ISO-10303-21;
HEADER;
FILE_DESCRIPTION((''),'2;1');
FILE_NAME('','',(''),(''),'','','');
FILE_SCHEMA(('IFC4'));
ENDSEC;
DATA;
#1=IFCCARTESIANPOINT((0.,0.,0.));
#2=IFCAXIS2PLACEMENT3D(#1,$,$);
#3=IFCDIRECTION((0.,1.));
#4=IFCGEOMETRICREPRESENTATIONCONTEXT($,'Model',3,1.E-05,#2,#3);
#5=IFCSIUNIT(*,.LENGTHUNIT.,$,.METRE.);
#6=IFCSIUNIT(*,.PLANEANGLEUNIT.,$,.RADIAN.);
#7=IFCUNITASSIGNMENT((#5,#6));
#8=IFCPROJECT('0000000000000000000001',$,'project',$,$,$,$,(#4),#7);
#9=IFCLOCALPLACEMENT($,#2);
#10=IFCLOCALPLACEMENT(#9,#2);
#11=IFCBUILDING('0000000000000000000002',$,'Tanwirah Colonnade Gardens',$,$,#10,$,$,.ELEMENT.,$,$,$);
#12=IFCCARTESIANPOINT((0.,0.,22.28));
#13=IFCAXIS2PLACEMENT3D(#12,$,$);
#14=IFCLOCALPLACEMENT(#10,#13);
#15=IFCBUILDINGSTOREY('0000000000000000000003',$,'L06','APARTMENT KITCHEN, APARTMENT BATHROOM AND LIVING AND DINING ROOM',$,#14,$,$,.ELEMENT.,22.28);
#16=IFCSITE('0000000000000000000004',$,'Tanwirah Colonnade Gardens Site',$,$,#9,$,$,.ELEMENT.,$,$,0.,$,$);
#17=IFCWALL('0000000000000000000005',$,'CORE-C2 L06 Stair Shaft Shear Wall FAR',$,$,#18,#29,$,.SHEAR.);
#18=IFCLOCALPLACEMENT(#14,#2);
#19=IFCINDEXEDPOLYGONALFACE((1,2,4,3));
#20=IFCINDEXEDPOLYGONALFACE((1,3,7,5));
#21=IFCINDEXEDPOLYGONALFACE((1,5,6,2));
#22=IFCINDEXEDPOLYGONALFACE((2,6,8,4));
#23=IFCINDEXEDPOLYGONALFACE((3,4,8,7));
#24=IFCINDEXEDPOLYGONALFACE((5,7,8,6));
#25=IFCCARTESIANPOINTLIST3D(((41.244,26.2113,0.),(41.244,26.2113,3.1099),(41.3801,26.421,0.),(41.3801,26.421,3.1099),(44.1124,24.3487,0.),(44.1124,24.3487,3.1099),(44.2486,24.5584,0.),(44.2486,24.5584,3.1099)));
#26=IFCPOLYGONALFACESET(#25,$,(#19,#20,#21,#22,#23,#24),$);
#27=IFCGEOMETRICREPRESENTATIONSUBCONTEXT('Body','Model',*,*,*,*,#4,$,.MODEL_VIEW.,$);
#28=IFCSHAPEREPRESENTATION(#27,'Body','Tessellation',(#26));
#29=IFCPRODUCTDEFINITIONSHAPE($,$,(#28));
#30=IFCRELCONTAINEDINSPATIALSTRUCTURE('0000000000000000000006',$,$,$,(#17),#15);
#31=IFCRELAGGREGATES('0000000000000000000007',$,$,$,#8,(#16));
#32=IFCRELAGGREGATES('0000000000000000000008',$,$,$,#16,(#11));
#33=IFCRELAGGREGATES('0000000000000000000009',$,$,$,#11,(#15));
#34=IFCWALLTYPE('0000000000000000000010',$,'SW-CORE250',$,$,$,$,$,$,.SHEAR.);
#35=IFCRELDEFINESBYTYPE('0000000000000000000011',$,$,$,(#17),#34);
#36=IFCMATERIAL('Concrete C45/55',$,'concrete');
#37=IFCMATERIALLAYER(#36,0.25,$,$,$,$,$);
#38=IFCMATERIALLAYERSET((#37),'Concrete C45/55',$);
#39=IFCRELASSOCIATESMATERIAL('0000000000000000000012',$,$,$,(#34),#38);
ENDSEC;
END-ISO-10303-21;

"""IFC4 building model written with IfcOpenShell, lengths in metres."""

from ifc_helpers import new_model, si_unit, direction, frame, frame_2d, origin, place, context, subcontext, project, spatial, rectangle, extrude, material, layer, layer_set, type_object, element, save


model = new_model("IFC4")

# Units and contexts
model_context = context("Model", 3, precision=1e-05, world=origin(), true_north=direction((0.0, 1.0)))
body_context = subcontext(model_context, "Body", "Model", "MODEL_VIEW")
ifc_project = project(units=[si_unit("LENGTHUNIT", "METRE"), si_unit("PLANEANGLEUNIT", "RADIAN")], contexts=[model_context])

# Site, building, storey
site_placement = place(None, origin())
site = spatial("IfcSite", under=ifc_project, at=site_placement, Name="Tanwirah Colonnade Gardens Site", CompositionType="ELEMENT", RefElevation=0.0)
building_placement = place(site_placement, origin())
building = spatial("IfcBuilding", under=site, at=building_placement, Name="Tanwirah Colonnade Gardens", CompositionType="ELEMENT")
storey_placement = place(building_placement, frame((0.0, 0.0, 22.28)))
storey = spatial("IfcBuildingStorey", under=building, at=storey_placement, Name="L06", Description="APARTMENT KITCHEN, APARTMENT BATHROOM AND LIVING AND DINING ROOM", CompositionType="ELEMENT", Elevation=22.28)

# Wall
ifc_material_1 = material(Name="Concrete C45/55", Category="concrete")
ifc_layer_1 = layer(ifc_material_1, 0.25)
ifc_layer_set_1 = layer_set([ifc_layer_1], Name="Concrete C45/55")
wall_type_1 = type_object("IfcWallType", Name="SW-CORE250", PredefinedType="SHEAR", material=ifc_layer_set_1)
wall_1_placement = place(storey_placement, frame((44.1804, 24.4536, 0.0), z_axis=(0.0, 0.0, 1.0), x_axis=(-0.8387, 0.544594, 0.0)))
element("IfcWall", 1, at=wall_1_placement, inside=storey, type_object=wall_type_1, Name="CORE-C2 L06 Stair Shaft Shear Wall FAR", PredefinedType="SHEAR", context=body_context, shape_type="SweptSolid", body=[
    extrude(rectangle(XDim=3.4202, YDim=0.25, at=frame_2d((1.71, 0.0))), origin(), (0.0, 0.0, 1.0), 3.1099),
])

save(model, "model.ifc")
